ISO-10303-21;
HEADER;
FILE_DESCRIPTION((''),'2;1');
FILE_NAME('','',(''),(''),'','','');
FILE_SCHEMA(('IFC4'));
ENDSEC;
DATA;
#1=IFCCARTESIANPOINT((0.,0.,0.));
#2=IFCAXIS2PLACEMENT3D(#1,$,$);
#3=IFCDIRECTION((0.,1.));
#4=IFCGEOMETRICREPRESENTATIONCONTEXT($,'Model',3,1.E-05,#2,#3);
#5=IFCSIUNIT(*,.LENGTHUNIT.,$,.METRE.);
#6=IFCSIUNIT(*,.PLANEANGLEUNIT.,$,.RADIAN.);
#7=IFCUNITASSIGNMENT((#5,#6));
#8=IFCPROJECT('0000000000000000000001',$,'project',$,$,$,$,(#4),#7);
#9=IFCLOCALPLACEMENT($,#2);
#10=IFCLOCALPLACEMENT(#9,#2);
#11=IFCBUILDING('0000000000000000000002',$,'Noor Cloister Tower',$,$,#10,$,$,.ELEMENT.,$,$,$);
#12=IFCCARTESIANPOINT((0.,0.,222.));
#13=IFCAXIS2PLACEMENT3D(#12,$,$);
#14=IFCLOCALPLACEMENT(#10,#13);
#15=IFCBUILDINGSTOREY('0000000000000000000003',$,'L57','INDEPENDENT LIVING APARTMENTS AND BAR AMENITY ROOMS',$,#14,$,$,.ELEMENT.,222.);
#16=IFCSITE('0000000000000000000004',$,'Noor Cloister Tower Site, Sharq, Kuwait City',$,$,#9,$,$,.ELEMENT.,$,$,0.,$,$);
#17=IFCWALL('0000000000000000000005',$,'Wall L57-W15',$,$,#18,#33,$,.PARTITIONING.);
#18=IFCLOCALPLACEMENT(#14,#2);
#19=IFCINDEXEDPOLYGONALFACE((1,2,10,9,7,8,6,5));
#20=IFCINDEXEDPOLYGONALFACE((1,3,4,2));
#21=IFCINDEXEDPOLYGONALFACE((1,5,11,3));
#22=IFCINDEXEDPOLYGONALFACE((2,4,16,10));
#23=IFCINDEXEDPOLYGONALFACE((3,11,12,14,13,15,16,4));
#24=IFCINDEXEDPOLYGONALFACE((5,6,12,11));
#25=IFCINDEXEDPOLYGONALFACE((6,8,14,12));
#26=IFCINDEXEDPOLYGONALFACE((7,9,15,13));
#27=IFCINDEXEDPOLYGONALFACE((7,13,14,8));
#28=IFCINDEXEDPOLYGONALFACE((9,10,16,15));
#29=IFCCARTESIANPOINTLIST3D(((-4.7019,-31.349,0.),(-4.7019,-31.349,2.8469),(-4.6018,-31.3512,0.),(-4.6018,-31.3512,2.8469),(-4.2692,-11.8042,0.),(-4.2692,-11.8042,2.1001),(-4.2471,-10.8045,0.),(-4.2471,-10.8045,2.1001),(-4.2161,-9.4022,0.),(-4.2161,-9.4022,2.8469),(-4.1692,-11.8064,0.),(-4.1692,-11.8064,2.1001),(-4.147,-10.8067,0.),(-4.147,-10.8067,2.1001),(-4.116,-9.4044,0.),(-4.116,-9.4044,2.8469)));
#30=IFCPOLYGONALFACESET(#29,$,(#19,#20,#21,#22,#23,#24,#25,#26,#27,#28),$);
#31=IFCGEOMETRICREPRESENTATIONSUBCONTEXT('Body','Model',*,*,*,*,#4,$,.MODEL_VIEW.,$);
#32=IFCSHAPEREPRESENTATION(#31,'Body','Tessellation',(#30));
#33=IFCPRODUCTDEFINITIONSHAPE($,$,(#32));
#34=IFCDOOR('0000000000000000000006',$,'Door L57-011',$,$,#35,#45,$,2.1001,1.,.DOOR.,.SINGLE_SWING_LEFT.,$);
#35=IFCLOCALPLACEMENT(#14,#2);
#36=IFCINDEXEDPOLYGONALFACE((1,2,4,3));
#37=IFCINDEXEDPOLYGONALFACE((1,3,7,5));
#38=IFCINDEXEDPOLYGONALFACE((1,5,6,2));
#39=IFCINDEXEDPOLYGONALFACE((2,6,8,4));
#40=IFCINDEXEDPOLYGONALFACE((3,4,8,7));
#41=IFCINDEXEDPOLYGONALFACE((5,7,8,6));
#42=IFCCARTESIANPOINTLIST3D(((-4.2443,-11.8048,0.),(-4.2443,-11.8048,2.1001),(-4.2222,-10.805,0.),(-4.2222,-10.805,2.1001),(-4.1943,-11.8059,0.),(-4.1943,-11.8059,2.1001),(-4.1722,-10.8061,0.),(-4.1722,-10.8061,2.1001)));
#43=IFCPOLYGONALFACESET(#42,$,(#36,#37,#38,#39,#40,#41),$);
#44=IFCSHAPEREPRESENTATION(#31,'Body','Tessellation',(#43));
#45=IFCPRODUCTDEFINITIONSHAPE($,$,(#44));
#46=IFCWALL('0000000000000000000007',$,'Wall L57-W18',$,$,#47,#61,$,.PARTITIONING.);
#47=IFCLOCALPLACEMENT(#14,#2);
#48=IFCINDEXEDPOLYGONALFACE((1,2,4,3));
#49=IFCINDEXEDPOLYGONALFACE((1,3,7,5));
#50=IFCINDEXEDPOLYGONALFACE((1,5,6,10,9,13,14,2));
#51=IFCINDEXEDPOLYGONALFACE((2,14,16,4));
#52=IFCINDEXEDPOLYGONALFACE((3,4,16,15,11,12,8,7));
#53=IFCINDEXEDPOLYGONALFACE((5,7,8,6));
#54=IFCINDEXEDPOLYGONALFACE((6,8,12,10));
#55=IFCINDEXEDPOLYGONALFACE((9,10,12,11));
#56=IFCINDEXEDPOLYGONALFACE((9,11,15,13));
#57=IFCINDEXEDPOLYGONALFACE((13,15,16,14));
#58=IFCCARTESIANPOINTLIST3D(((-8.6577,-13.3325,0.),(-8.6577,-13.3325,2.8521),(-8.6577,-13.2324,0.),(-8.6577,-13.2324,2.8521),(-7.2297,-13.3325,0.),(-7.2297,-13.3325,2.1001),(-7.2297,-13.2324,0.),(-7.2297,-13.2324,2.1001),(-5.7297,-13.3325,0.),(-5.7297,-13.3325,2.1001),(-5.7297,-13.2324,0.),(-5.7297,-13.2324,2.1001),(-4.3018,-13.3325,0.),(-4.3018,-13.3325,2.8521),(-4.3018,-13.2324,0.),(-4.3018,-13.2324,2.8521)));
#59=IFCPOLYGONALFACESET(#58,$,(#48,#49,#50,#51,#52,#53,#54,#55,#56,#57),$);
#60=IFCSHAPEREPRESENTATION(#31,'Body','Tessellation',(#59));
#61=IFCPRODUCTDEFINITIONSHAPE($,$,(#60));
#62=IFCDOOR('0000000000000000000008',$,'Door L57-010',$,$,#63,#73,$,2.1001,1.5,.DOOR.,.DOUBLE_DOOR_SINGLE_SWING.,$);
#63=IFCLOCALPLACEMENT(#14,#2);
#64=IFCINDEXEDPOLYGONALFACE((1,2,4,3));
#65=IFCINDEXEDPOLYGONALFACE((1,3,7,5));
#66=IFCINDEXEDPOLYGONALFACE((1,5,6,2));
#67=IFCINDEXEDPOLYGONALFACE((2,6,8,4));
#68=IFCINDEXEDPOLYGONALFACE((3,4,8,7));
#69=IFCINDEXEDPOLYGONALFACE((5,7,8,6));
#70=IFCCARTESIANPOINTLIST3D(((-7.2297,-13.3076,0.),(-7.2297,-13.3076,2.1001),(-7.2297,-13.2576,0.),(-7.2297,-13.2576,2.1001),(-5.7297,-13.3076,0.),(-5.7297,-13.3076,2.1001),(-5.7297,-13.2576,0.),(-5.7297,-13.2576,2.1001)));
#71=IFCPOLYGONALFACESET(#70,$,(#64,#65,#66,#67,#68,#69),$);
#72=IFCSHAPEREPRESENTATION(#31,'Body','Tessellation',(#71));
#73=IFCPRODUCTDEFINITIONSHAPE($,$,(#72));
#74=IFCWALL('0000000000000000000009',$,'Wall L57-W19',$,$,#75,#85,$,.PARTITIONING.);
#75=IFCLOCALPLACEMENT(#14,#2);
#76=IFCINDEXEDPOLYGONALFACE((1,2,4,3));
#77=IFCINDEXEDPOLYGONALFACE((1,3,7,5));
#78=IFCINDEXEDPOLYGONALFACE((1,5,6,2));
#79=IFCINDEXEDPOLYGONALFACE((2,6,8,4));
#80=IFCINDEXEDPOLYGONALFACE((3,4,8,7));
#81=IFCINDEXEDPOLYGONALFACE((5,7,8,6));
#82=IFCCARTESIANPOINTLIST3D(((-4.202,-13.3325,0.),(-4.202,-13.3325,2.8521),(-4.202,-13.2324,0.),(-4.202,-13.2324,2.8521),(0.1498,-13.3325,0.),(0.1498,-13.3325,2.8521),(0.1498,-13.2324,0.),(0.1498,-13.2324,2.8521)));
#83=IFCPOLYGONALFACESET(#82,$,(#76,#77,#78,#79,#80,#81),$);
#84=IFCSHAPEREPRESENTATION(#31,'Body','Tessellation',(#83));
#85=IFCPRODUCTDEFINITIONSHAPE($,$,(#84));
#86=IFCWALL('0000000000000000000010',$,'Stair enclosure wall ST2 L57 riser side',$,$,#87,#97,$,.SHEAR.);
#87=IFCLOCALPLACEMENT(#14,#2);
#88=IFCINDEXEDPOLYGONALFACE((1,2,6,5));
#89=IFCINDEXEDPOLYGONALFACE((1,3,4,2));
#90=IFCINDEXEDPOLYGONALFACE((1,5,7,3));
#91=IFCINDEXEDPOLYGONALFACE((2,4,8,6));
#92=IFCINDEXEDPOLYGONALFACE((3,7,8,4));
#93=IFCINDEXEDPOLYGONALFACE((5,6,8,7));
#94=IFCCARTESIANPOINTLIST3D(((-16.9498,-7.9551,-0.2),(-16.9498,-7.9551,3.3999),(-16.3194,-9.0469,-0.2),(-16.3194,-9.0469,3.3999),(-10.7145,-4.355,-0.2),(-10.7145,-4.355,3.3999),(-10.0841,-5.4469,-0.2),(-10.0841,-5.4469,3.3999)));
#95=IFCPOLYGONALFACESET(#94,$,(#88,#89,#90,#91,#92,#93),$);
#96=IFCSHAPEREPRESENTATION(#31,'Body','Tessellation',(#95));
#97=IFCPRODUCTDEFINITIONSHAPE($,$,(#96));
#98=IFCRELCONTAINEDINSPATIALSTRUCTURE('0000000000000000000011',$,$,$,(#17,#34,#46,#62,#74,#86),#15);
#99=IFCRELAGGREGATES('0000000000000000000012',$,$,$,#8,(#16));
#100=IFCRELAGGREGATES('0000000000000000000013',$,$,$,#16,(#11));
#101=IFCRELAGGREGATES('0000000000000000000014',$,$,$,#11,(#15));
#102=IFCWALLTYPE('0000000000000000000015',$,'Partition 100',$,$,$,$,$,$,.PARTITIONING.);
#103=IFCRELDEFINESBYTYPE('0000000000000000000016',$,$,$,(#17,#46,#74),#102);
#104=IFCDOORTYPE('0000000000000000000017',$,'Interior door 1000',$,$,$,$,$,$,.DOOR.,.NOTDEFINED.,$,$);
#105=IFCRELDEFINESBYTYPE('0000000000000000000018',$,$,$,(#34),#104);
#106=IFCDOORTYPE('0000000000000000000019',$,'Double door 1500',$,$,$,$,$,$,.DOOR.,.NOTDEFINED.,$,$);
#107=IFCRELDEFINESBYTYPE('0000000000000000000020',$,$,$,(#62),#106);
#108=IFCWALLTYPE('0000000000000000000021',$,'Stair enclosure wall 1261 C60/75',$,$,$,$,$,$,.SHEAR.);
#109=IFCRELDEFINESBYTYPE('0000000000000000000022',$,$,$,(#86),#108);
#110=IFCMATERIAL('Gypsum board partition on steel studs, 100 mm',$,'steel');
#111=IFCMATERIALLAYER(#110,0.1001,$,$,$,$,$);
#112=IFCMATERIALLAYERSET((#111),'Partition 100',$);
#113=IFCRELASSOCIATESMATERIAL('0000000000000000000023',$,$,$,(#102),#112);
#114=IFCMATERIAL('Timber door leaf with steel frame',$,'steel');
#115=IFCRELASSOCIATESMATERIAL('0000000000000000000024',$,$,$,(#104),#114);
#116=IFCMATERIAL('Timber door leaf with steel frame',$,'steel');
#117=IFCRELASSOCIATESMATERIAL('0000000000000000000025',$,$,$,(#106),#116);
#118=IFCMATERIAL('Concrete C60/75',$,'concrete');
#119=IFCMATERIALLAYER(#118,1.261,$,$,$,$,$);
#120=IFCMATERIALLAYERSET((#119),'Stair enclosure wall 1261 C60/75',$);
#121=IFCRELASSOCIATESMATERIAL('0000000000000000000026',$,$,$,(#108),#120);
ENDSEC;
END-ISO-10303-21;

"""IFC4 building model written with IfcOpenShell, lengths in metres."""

from ifc_helpers import new_model, si_unit, direction, frame, frame_2d, origin, place, context, subcontext, project, spatial, rectangle, extrude, material, layer, layer_set, type_object, element, fill, save


model = new_model("IFC4")

# Units and contexts
model_context = context("Model", 3, precision=1e-05, world=origin(), true_north=direction((0.0, 1.0)))
body_context = subcontext(model_context, "Body", "Model", "MODEL_VIEW")
ifc_project = project(units=[si_unit("LENGTHUNIT", "METRE"), si_unit("PLANEANGLEUNIT", "RADIAN")], contexts=[model_context])

# Site, building, storey
site_placement = place(None, origin())
site = spatial("IfcSite", under=ifc_project, at=site_placement, Name="Noor Cloister Tower Site, Sharq, Kuwait City", CompositionType="ELEMENT", RefElevation=0.0)
building_placement = place(site_placement, origin())
building = spatial("IfcBuilding", under=site, at=building_placement, Name="Noor Cloister Tower", CompositionType="ELEMENT")
storey_placement = place(building_placement, frame((0.0, 0.0, 222.0)))
storey = spatial("IfcBuildingStorey", under=building, at=storey_placement, Name="L57", Description="INDEPENDENT LIVING APARTMENTS AND BAR AMENITY ROOMS", CompositionType="ELEMENT", Elevation=222.0)

# Walls, openings, doors
ifc_material_1 = material(Name="Gypsum board partition on steel studs, 100 mm", Category="steel")
ifc_layer_1 = layer(ifc_material_1, 0.1001)
ifc_layer_set_1 = layer_set([ifc_layer_1], Name="Partition 100")
wall_type_1 = type_object("IfcWallType", Name="Partition 100", PredefinedType="PARTITIONING", material=ifc_layer_set_1)
ifc_material_2 = material(Name="Timber door leaf with steel frame", Category="steel")
door_type_1 = type_object("IfcDoorType", Name="Interior door 1000", OperationType="NOTDEFINED", PredefinedType="DOOR", material=ifc_material_2)
wall_1_placement = place(storey_placement, frame((-4.166, -9.4033, 0.0), z_axis=(0.0, 0.0, 1.0), x_axis=(-0.022132, -0.999755, 0.0)))
wall_1 = element("IfcWall", 1, at=wall_1_placement, inside=storey, type_object=wall_type_1, Name="Wall L57-W15", PredefinedType="PARTITIONING", context=body_context, shape_type="SweptSolid", body=[
    extrude(rectangle(XDim=21.9521, YDim=0.1001, at=frame_2d((10.9761, 0.0))), origin(), (0.0, 0.0, 1.0), 2.8469),
])
opening_1_placement = place(wall_1_placement, frame((1.4026, 0.0, 0.0)))
opening_1 = element("IfcOpeningElement", 2, at=opening_1_placement, cuts=wall_1, PredefinedType="OPENING", context=body_context, shape_type="SweptSolid", body=[
    extrude(rectangle(XDim=1.0, YDim=2.1001, at=frame_2d((0.5, 1.05))), frame((0.0, 0.0601, 0.0), z_axis=(0.0, -1.0, 0.0), x_axis=(1.0, 0.0, 0.0)), (0.0, 0.0, 1.0), 0.1201),
])
door_1_placement = place(opening_1_placement, origin())
door_1 = element("IfcDoor", 3, at=door_1_placement, inside=storey, type_object=door_type_1, Name="Door L57-011", OperationType="SINGLE_SWING_LEFT", OverallHeight=2.1001, OverallWidth=1.0, PredefinedType="DOOR", context=body_context, shape_type="SweptSolid", body=[
    extrude(rectangle(XDim=1.0, YDim=2.1001, at=frame_2d((0.5, 1.05))), frame((0.0, 0.0249, 0.0), z_axis=(0.0, -1.0, 0.0), x_axis=(1.0, 0.0, 0.0)), (0.0, 0.0, 1.0), 0.05),
])
fill(opening_1, door_1)
wall_2_placement = place(storey_placement, frame((-8.6577, -13.2825, 0.0), z_axis=(0.0, 0.0, 1.0), x_axis=(1.0, 0.0, 0.0)))
wall_2 = element("IfcWall", 4, at=wall_2_placement, inside=storey, type_object=wall_type_1, Name="Wall L57-W18", PredefinedType="PARTITIONING", context=body_context, shape_type="SweptSolid", body=[
    extrude(rectangle(XDim=4.356, YDim=0.1001, at=frame_2d((2.178, 0.0))), origin(), (0.0, 0.0, 1.0), 2.8521),
])
opening_2_placement = place(wall_2_placement, frame((1.428, 0.0, 0.0)))
opening_2 = element("IfcOpeningElement", 5, at=opening_2_placement, cuts=wall_2, PredefinedType="OPENING", context=body_context, shape_type="SweptSolid", body=[
    extrude(rectangle(XDim=1.5, YDim=2.1001, at=frame_2d((0.75, 1.05))), frame((0.0, 0.0601, 0.0), z_axis=(0.0, -1.0, 0.0), x_axis=(1.0, 0.0, 0.0)), (0.0, 0.0, 1.0), 0.1201),
])
ifc_material_3 = material(Name="Timber door leaf with steel frame", Category="steel")
door_type_2 = type_object("IfcDoorType", Name="Double door 1500", OperationType="NOTDEFINED", PredefinedType="DOOR", material=ifc_material_3)
door_2_placement = place(opening_2_placement, origin())
door_2 = element("IfcDoor", 6, at=door_2_placement, inside=storey, type_object=door_type_2, Name="Door L57-010", OperationType="DOUBLE_DOOR_SINGLE_SWING", OverallHeight=2.1001, OverallWidth=1.5, PredefinedType="DOOR", context=body_context, shape_type="SweptSolid", body=[
    extrude(rectangle(XDim=1.5, YDim=2.1001, at=frame_2d((0.75, 1.05))), frame((0.0, 0.0249, 0.0), z_axis=(0.0, -1.0, 0.0), x_axis=(1.0, 0.0, 0.0)), (0.0, 0.0, 1.0), 0.05),
])
fill(opening_2, door_2)

# Walls
wall_3_placement = place(storey_placement, frame((-4.2019, -13.2825, 0.0), z_axis=(0.0, 0.0, 1.0), x_axis=(1.0, 0.0, 0.0)))
element("IfcWall", 7, at=wall_3_placement, inside=storey, type_object=wall_type_1, Name="Wall L57-W19", PredefinedType="PARTITIONING", context=body_context, shape_type="SweptSolid", body=[
    extrude(rectangle(XDim=4.3518, YDim=0.1001, at=frame_2d((2.1758, 0.0))), origin(), (0.0, 0.0, 1.0), 2.8521),
])
ifc_material_4 = material(Name="Concrete C60/75", Category="concrete")
ifc_layer_2 = layer(ifc_material_4, 1.261)
ifc_layer_set_2 = layer_set([ifc_layer_2], Name="Stair enclosure wall 1261 C60/75")
wall_type_2 = type_object("IfcWallType", Name="Stair enclosure wall 1261 C60/75", PredefinedType="SHEAR", material=ifc_layer_set_2)
wall_4_placement = place(storey_placement, frame((-10.3992, -4.9009, -0.2), z_axis=(0.0, 0.0, 1.0), x_axis=(-0.866018, -0.500012, 0.0)))
element("IfcWall", 8, at=wall_4_placement, inside=storey, type_object=wall_type_2, Name="Stair enclosure wall ST2 L57 riser side", PredefinedType="SHEAR", context=body_context, shape_type="SweptSolid", body=[
    extrude(rectangle(XDim=7.2, YDim=1.2607, at=frame_2d((3.6001, 0.0))), origin(), (0.0, 0.0, 1.0), 3.5999),
])

save(model, "model.ifc")
